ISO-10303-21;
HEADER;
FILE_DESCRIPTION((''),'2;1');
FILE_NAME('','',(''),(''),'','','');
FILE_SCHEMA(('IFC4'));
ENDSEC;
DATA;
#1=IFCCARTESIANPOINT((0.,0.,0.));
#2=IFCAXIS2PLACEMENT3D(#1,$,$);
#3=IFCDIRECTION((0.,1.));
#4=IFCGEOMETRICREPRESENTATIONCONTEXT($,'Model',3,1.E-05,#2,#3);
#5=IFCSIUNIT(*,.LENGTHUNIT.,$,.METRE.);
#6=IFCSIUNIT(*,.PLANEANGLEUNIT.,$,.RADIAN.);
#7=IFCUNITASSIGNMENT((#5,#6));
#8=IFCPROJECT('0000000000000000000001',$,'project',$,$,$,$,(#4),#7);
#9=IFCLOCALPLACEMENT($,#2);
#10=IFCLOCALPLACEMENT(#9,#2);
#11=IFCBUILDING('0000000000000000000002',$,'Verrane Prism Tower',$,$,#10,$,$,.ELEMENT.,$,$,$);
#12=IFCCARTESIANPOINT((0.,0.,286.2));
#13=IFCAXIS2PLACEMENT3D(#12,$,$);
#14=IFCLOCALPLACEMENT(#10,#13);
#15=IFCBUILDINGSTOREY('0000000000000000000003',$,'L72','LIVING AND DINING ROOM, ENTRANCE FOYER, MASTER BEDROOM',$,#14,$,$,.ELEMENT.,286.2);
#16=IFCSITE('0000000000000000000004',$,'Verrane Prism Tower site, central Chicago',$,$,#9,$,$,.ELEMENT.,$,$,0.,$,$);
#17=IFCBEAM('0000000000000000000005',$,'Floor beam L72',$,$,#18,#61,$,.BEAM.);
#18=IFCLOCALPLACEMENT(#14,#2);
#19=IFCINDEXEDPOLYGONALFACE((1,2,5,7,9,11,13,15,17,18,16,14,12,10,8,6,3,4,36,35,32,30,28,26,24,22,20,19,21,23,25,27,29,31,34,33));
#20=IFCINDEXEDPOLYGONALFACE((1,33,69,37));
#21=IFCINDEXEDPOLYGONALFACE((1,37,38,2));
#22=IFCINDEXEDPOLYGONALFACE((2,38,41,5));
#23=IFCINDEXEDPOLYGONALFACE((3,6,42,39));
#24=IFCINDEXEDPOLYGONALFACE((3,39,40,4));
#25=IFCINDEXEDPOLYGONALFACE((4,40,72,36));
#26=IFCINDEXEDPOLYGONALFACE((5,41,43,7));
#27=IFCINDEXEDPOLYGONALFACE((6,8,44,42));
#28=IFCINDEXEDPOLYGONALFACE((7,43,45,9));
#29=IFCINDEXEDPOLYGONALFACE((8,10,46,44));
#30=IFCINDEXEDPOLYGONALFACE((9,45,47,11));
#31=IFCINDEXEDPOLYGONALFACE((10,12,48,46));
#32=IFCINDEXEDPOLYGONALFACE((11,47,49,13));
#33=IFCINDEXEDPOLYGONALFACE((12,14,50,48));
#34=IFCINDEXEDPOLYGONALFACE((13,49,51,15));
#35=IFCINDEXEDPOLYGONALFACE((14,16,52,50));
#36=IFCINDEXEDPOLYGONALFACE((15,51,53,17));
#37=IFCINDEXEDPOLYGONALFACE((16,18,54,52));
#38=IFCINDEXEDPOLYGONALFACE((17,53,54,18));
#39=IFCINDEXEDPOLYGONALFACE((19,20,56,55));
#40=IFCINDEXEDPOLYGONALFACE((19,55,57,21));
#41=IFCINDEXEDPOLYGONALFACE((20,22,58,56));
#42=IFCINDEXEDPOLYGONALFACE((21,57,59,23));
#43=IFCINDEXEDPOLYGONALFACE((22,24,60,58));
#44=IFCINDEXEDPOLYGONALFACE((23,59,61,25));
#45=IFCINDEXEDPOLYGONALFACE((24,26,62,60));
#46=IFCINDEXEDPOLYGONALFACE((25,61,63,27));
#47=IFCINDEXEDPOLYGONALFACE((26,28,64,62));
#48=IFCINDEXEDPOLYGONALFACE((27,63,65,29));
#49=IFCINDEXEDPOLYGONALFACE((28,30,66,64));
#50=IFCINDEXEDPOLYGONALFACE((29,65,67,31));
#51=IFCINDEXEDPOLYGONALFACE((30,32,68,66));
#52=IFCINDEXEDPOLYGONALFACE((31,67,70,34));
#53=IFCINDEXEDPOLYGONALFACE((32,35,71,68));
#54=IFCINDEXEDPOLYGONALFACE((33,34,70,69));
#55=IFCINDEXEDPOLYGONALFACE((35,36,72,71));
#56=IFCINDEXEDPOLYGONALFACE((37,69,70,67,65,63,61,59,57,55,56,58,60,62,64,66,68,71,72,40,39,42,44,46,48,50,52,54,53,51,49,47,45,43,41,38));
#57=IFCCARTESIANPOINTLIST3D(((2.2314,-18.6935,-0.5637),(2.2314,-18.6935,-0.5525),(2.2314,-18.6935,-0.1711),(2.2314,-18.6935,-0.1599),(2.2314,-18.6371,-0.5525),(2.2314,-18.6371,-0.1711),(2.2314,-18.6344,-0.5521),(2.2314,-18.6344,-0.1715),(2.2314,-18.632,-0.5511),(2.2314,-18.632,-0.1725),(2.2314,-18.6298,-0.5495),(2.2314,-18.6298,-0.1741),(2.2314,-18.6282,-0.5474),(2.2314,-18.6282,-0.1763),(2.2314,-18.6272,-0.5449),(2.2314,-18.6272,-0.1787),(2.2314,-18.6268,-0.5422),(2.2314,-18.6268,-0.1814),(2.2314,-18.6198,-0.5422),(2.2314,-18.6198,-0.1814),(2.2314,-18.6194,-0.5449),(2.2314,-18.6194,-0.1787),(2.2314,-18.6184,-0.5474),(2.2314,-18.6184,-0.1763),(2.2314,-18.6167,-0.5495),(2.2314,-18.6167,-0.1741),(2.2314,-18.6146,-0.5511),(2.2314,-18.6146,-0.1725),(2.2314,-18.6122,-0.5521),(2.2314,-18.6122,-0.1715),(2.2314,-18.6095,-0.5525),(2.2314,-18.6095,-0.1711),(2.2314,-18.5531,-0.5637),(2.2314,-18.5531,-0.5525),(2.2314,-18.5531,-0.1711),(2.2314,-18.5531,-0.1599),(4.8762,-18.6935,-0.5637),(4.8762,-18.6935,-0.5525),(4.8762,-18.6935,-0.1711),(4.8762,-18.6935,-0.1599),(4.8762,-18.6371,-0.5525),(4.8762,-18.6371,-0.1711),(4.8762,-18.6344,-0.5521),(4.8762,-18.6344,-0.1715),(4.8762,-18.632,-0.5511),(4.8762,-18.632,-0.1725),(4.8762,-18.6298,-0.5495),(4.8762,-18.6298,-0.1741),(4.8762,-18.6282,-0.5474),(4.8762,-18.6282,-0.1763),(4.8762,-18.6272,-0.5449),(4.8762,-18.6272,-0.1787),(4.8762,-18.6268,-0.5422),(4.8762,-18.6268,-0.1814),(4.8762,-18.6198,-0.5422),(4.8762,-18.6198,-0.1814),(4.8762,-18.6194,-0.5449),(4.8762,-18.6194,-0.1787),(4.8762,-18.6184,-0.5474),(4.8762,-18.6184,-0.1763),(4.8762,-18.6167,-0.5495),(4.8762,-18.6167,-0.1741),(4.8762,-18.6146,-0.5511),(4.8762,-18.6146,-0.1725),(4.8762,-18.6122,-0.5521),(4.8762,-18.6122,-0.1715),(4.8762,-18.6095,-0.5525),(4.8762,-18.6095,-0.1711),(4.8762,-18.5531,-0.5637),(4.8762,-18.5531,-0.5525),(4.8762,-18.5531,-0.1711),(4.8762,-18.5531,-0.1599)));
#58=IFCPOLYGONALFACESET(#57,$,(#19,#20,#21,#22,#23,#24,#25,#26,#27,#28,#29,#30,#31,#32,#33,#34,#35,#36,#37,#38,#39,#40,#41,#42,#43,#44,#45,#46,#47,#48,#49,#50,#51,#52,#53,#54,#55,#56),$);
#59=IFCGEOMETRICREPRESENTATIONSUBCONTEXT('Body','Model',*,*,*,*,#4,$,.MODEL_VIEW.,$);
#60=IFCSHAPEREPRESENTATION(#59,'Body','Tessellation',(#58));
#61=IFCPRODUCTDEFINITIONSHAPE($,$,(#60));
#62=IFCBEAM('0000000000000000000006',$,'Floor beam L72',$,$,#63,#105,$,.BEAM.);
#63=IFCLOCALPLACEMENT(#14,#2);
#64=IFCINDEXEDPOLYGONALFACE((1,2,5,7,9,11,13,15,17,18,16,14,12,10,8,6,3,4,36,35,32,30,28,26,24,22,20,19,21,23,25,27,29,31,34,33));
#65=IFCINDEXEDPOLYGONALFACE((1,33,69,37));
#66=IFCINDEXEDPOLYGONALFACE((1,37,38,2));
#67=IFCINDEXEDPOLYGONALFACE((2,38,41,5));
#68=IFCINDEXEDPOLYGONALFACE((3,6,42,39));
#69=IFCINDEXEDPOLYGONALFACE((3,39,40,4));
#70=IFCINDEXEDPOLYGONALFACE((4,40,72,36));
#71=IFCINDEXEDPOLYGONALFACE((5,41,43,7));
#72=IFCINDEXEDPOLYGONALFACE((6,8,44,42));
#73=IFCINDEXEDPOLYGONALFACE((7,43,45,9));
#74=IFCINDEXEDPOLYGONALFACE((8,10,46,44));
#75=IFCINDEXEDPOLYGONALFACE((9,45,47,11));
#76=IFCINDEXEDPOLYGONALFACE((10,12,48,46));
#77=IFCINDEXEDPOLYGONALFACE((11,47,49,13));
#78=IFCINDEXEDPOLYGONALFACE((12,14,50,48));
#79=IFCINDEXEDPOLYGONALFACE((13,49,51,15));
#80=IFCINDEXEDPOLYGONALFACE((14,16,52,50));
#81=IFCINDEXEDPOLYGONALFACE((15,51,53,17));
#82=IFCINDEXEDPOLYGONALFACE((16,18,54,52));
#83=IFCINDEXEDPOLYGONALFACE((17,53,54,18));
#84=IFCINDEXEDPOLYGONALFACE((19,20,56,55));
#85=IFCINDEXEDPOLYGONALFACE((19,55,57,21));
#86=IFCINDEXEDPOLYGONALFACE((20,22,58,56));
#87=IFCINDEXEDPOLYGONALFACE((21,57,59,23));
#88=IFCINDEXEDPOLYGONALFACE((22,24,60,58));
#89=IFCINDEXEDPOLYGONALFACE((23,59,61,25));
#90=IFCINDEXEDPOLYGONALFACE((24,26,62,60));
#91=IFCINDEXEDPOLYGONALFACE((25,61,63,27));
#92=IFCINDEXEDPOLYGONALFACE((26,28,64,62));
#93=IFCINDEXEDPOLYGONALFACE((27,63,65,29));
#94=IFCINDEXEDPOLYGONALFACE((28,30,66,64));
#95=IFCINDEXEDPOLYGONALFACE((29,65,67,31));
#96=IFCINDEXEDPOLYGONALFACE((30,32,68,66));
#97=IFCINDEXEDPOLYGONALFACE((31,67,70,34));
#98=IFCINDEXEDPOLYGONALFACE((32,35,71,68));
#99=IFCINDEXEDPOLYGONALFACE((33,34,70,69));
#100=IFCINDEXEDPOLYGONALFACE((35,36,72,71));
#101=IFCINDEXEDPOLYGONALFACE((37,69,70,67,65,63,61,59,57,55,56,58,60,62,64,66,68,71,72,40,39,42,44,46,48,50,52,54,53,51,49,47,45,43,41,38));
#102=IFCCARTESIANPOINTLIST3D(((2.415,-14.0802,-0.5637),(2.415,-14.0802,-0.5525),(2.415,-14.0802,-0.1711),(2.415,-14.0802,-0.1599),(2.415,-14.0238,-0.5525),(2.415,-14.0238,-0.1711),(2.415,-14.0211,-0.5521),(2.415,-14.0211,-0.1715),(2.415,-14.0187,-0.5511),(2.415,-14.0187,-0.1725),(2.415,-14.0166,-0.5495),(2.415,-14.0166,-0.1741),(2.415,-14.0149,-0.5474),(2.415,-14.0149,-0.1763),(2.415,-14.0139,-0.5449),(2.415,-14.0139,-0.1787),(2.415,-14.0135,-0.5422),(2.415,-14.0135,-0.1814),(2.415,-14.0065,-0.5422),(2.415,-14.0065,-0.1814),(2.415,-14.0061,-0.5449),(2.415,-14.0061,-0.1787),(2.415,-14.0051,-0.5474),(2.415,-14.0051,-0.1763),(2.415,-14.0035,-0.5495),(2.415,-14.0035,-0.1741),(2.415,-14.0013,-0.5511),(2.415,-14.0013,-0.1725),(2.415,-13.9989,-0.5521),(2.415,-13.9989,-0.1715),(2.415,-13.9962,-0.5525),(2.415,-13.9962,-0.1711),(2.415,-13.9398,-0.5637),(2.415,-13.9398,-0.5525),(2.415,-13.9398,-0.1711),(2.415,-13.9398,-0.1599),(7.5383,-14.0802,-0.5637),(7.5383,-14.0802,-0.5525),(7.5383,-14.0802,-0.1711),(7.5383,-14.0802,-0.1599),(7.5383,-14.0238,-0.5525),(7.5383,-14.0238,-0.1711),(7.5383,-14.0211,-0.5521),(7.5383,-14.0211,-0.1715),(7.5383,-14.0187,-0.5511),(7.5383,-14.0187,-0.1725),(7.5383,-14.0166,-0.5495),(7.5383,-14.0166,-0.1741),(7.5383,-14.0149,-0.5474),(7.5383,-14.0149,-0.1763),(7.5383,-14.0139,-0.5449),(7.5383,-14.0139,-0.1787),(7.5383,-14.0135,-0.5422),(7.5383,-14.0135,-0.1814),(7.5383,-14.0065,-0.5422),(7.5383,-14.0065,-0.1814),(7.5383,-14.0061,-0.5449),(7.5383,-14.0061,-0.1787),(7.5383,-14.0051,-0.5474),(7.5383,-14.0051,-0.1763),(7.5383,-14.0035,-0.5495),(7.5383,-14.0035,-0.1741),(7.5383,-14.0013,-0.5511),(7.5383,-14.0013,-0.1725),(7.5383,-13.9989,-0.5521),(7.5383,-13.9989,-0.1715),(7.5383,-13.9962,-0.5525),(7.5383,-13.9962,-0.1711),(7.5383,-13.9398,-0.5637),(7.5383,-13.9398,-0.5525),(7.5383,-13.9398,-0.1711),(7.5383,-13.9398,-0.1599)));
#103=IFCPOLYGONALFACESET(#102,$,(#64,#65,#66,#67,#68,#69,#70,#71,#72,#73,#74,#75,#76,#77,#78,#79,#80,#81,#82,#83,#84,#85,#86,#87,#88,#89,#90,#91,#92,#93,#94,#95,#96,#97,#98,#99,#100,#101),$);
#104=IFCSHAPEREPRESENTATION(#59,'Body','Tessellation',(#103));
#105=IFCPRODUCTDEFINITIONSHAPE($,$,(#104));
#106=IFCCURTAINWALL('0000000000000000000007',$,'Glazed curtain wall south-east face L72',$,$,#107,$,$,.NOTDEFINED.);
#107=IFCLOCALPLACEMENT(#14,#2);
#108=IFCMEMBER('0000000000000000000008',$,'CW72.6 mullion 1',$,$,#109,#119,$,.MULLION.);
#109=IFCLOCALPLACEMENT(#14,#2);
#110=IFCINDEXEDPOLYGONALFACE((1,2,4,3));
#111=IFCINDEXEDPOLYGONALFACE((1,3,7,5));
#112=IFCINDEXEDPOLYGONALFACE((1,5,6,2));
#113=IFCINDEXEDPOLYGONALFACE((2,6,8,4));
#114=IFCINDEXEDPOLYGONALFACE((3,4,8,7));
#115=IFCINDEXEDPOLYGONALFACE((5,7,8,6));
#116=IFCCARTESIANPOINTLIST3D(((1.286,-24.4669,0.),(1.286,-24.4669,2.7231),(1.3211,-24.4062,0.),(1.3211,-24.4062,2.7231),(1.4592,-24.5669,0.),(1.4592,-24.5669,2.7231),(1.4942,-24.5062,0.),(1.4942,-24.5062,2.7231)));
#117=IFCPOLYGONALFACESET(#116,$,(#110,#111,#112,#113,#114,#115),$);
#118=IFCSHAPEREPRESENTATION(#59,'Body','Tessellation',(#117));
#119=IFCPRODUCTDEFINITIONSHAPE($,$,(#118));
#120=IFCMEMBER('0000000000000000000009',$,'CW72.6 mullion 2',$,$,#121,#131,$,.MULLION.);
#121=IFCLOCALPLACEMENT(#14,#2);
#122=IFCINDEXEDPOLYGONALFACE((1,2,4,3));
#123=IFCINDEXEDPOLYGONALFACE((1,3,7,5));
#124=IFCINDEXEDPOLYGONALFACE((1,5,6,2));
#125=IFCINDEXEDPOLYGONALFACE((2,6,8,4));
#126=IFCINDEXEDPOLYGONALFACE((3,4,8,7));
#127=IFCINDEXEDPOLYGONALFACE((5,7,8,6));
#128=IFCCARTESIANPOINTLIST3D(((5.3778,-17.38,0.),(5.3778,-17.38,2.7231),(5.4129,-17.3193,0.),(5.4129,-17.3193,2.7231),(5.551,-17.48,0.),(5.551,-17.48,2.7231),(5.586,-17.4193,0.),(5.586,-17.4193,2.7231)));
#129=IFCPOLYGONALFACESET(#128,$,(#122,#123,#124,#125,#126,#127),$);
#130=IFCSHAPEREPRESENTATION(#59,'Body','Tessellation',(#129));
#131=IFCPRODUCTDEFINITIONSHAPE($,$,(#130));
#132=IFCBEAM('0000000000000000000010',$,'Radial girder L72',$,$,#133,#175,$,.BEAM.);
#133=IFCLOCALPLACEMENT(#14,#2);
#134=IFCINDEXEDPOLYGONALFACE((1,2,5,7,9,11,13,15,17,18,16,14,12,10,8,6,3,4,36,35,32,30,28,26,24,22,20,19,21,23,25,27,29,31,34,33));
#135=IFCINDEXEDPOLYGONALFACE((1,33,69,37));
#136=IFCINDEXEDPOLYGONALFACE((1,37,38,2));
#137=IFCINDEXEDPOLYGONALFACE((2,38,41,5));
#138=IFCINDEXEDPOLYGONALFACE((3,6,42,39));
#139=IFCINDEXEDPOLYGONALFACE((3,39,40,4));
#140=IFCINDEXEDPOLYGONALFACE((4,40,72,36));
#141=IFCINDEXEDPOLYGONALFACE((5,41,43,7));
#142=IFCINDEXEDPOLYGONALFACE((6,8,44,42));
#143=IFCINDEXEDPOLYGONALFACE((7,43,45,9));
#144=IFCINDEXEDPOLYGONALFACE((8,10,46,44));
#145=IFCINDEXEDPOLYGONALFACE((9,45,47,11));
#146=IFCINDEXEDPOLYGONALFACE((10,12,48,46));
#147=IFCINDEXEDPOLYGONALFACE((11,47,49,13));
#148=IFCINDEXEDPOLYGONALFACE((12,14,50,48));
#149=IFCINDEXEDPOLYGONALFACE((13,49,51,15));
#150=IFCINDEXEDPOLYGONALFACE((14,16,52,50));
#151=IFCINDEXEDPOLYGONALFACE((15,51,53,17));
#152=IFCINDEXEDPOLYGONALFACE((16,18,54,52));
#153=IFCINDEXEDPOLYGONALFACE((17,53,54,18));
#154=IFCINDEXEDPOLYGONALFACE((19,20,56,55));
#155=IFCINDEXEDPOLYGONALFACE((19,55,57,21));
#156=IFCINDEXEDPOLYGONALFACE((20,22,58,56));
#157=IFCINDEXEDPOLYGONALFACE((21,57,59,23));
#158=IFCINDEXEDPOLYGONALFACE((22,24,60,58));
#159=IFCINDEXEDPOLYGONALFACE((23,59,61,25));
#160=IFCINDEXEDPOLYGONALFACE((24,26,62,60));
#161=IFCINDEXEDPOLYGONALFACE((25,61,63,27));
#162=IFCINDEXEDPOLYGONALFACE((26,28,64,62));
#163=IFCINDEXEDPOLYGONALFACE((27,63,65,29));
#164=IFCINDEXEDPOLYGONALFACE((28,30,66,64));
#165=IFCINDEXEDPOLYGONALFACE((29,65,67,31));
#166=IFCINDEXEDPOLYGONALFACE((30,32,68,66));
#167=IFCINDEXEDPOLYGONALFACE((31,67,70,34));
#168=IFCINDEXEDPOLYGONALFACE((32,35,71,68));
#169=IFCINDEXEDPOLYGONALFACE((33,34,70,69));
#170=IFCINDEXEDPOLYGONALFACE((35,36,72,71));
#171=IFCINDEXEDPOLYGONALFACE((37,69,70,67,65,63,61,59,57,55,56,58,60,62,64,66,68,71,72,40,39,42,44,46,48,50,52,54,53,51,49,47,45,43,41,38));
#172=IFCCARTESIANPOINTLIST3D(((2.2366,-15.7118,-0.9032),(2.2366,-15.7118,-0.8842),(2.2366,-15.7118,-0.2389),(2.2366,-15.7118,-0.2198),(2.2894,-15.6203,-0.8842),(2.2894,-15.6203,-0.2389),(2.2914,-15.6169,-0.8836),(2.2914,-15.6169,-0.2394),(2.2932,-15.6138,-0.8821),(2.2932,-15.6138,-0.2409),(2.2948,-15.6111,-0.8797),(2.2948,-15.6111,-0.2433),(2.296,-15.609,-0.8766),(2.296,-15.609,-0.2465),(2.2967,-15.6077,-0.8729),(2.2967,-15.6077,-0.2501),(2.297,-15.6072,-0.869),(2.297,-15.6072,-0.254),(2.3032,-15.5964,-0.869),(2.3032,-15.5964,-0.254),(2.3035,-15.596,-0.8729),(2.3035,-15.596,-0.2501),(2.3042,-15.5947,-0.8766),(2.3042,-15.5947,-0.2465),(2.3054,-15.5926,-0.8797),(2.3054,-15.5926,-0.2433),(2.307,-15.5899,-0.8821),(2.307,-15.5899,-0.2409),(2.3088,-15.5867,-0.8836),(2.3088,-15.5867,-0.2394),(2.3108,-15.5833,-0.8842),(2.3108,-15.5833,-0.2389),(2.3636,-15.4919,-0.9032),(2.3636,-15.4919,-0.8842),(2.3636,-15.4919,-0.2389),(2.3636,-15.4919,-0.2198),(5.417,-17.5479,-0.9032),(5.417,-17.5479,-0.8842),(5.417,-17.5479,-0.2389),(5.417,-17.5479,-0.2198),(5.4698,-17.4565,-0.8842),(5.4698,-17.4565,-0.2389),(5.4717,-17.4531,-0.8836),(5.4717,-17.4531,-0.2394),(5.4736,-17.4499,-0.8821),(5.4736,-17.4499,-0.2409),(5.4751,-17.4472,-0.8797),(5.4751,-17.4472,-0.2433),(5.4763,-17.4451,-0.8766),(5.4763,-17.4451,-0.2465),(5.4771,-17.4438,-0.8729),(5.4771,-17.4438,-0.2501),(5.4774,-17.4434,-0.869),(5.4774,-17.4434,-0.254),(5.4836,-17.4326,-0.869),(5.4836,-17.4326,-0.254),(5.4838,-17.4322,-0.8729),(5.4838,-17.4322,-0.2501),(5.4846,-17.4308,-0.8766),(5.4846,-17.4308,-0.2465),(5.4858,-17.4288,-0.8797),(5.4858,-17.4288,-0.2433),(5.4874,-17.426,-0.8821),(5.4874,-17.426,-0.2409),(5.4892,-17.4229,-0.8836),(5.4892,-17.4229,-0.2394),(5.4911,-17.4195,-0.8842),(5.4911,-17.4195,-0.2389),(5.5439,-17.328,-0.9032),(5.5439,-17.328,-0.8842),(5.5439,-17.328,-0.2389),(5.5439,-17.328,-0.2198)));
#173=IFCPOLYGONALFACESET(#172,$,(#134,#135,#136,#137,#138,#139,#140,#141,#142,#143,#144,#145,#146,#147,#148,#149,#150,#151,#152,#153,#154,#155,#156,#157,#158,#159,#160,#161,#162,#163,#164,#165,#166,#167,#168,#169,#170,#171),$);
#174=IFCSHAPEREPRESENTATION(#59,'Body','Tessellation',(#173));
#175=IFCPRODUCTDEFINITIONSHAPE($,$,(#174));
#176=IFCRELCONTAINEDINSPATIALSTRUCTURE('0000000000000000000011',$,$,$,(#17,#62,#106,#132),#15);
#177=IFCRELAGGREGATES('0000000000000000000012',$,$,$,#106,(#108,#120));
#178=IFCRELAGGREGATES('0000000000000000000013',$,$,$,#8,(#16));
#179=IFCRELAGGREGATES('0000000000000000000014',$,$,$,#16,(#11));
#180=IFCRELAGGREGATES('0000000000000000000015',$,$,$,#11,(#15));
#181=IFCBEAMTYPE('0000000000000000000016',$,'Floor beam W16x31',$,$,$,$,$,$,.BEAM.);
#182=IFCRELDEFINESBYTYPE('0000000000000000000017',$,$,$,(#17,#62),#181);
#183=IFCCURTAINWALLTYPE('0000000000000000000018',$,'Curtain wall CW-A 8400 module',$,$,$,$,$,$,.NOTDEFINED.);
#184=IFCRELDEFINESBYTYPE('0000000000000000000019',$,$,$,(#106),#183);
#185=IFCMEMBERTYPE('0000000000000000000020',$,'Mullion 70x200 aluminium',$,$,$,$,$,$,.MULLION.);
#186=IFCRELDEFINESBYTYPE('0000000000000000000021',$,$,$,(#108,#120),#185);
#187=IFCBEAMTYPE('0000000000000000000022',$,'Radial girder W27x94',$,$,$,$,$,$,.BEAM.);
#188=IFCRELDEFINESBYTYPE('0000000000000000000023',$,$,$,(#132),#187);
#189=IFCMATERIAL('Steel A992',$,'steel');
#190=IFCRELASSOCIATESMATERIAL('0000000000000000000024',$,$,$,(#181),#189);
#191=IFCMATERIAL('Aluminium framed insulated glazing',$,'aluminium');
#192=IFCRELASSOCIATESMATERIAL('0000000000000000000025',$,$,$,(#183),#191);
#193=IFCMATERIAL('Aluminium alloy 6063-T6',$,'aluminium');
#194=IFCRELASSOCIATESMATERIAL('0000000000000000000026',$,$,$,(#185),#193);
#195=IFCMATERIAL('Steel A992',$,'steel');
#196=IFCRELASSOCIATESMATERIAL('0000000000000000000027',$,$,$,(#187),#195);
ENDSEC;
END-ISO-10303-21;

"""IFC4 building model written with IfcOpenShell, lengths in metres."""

from ifc_helpers import new_model, si_unit, direction, frame, origin, origin_2d, place, context, subcontext, project, spatial, rectangle, i_section, extrude, material, material_profile, profile_set, type_object, element, aggregate, save


model = new_model("IFC4")

# Units and contexts
model_context = context("Model", 3, precision=1e-05, world=origin(), true_north=direction((0.0, 1.0)))
body_context = subcontext(model_context, "Body", "Model", "MODEL_VIEW")
ifc_project = project(units=[si_unit("LENGTHUNIT", "METRE"), si_unit("PLANEANGLEUNIT", "RADIAN")], contexts=[model_context])

# Site, building, storey
site_placement = place(None, origin())
site = spatial("IfcSite", under=ifc_project, at=site_placement, Name="Verrane Prism Tower site, central Chicago", CompositionType="ELEMENT", RefElevation=0.0)
building_placement = place(site_placement, origin())
building = spatial("IfcBuilding", under=site, at=building_placement, Name="Verrane Prism Tower", CompositionType="ELEMENT")
storey_placement = place(building_placement, frame((0.0, 0.0, 286.2)))
storey = spatial("IfcBuildingStorey", under=building, at=storey_placement, Name="L72", Description="LIVING AND DINING ROOM, ENTRANCE FOYER, MASTER BEDROOM", CompositionType="ELEMENT", Elevation=286.2)

# Beams
ifc_material_1 = material(Name="Steel A992", Category="steel")
ifc_material_profile_1 = material_profile(ifc_material_1, i_section(OverallWidth=0.1404, OverallDepth=0.4038, WebThickness=0.0071, FlangeThickness=0.0112, FilletRadius=0.0103, at=origin_2d()), Name="W16x31")
ifc_profile_set_1 = profile_set([ifc_material_profile_1], Name="Steel A992")
beam_type_1 = type_object("IfcBeamType", Name="Floor beam W16x31", PredefinedType="BEAM", material=ifc_profile_set_1)
beam_1_placement = place(storey_placement, frame((2.2314, -18.6233, -0.3618), z_axis=(1.0, 0.0, 0.0), x_axis=(0.0, 1.0, 0.0)))
element("IfcBeam", 1, at=beam_1_placement, inside=storey, type_object=beam_type_1, Name="Floor beam L72", PredefinedType="BEAM", context=body_context, shape_type="SweptSolid", body=[
    extrude(i_section(OverallWidth=0.1404, OverallDepth=0.4038, WebThickness=0.0071, FlangeThickness=0.0112, FilletRadius=0.0103, at=origin_2d()), origin(), (0.0, 0.0, 1.0), 2.6448),
])
beam_2_placement = place(storey_placement, frame((2.415, -14.01, -0.3618), z_axis=(1.0, 0.0, 0.0), x_axis=(0.0, 1.0, 0.0)))
element("IfcBeam", 2, at=beam_2_placement, inside=storey, type_object=beam_type_1, Name="Floor beam L72", PredefinedType="BEAM", context=body_context, shape_type="SweptSolid", body=[
    extrude(i_section(OverallWidth=0.1404, OverallDepth=0.4038, WebThickness=0.0071, FlangeThickness=0.0112, FilletRadius=0.0103, at=origin_2d()), origin(), (0.0, 0.0, 1.0), 5.1233),
])

# Curtain wall, members
ifc_material_2 = material(Name="Aluminium framed insulated glazing", Category="aluminium")
curtain_wall_type = type_object("IfcCurtainWallType", Name="Curtain wall CW-A 8400 module", PredefinedType="NOTDEFINED", material=ifc_material_2)
curtain_wall_1_placement = place(storey_placement, origin())
curtain_wall_1 = element("IfcCurtainWall", 3, at=curtain_wall_1_placement, inside=storey, type_object=curtain_wall_type, Name="Glazed curtain wall south-east face L72", PredefinedType="NOTDEFINED")
ifc_material_3 = material(Name="Aluminium alloy 6063-T6", Category="aluminium")
ifc_material_profile_2 = material_profile(ifc_material_3, rectangle(XDim=0.2, YDim=0.0701, at=origin_2d()), Name="Mullion 70x200 aluminium")
ifc_profile_set_2 = profile_set([ifc_material_profile_2], Name="Aluminium alloy 6063-T6")
member_type_1 = type_object("IfcMemberType", Name="Mullion 70x200 aluminium", PredefinedType="MULLION", material=ifc_profile_set_2)
member_1_placement = place(storey_placement, frame((1.3901, -24.4866, 0.0), z_axis=(0.0, 0.0, 1.0), x_axis=(-0.866025, 0.500001, 0.0)))
member_1 = element("IfcMember", 4, at=member_1_placement, type_object=member_type_1, Name="CW72.6 mullion 1", PredefinedType="MULLION", context=body_context, shape_type="SweptSolid", body=[
    extrude(rectangle(XDim=0.2, YDim=0.0701, at=origin_2d()), origin(), (0.0, 0.0, 1.0), 2.7231),
])
member_2_placement = place(storey_placement, frame((5.4819, -17.3997, 0.0), z_axis=(0.0, 0.0, 1.0), x_axis=(-0.866025, 0.500001, 0.0)))
member_2 = element("IfcMember", 5, at=member_2_placement, type_object=member_type_1, Name="CW72.6 mullion 2", PredefinedType="MULLION", context=body_context, shape_type="SweptSolid", body=[
    extrude(rectangle(XDim=0.2, YDim=0.0701, at=origin_2d()), origin(), (0.0, 0.0, 1.0), 2.7231),
])

# Beam
ifc_material_4 = material(Name="Steel A992", Category="steel")
ifc_material_profile_3 = material_profile(ifc_material_4, i_section(OverallWidth=0.2539, OverallDepth=0.6833, WebThickness=0.0125, FlangeThickness=0.019, FilletRadius=0.0151, at=origin_2d()), Name="W27x94")
ifc_profile_set_3 = profile_set([ifc_material_profile_3], Name="Steel A992")
beam_type_2 = type_object("IfcBeamType", Name="Radial girder W27x94", PredefinedType="BEAM", material=ifc_profile_set_3)
beam_3_placement = place(storey_placement, frame((5.4805, -17.438, -0.5615), z_axis=(-0.866029, 0.499993, 0.0), x_axis=(-0.499993, -0.866029, 0.0)))
element("IfcBeam", 6, at=beam_3_placement, inside=storey, type_object=beam_type_2, Name="Radial girder L72", PredefinedType="BEAM", context=body_context, shape_type="SweptSolid", body=[
    extrude(i_section(OverallWidth=0.2539, OverallDepth=0.6833, WebThickness=0.0125, FlangeThickness=0.019, FilletRadius=0.0151, at=origin_2d()), origin(), (0.0, 0.0, 1.0), 3.6724),
])

aggregate(curtain_wall_1, [member_1, member_2])

save(model, "model.ifc")
